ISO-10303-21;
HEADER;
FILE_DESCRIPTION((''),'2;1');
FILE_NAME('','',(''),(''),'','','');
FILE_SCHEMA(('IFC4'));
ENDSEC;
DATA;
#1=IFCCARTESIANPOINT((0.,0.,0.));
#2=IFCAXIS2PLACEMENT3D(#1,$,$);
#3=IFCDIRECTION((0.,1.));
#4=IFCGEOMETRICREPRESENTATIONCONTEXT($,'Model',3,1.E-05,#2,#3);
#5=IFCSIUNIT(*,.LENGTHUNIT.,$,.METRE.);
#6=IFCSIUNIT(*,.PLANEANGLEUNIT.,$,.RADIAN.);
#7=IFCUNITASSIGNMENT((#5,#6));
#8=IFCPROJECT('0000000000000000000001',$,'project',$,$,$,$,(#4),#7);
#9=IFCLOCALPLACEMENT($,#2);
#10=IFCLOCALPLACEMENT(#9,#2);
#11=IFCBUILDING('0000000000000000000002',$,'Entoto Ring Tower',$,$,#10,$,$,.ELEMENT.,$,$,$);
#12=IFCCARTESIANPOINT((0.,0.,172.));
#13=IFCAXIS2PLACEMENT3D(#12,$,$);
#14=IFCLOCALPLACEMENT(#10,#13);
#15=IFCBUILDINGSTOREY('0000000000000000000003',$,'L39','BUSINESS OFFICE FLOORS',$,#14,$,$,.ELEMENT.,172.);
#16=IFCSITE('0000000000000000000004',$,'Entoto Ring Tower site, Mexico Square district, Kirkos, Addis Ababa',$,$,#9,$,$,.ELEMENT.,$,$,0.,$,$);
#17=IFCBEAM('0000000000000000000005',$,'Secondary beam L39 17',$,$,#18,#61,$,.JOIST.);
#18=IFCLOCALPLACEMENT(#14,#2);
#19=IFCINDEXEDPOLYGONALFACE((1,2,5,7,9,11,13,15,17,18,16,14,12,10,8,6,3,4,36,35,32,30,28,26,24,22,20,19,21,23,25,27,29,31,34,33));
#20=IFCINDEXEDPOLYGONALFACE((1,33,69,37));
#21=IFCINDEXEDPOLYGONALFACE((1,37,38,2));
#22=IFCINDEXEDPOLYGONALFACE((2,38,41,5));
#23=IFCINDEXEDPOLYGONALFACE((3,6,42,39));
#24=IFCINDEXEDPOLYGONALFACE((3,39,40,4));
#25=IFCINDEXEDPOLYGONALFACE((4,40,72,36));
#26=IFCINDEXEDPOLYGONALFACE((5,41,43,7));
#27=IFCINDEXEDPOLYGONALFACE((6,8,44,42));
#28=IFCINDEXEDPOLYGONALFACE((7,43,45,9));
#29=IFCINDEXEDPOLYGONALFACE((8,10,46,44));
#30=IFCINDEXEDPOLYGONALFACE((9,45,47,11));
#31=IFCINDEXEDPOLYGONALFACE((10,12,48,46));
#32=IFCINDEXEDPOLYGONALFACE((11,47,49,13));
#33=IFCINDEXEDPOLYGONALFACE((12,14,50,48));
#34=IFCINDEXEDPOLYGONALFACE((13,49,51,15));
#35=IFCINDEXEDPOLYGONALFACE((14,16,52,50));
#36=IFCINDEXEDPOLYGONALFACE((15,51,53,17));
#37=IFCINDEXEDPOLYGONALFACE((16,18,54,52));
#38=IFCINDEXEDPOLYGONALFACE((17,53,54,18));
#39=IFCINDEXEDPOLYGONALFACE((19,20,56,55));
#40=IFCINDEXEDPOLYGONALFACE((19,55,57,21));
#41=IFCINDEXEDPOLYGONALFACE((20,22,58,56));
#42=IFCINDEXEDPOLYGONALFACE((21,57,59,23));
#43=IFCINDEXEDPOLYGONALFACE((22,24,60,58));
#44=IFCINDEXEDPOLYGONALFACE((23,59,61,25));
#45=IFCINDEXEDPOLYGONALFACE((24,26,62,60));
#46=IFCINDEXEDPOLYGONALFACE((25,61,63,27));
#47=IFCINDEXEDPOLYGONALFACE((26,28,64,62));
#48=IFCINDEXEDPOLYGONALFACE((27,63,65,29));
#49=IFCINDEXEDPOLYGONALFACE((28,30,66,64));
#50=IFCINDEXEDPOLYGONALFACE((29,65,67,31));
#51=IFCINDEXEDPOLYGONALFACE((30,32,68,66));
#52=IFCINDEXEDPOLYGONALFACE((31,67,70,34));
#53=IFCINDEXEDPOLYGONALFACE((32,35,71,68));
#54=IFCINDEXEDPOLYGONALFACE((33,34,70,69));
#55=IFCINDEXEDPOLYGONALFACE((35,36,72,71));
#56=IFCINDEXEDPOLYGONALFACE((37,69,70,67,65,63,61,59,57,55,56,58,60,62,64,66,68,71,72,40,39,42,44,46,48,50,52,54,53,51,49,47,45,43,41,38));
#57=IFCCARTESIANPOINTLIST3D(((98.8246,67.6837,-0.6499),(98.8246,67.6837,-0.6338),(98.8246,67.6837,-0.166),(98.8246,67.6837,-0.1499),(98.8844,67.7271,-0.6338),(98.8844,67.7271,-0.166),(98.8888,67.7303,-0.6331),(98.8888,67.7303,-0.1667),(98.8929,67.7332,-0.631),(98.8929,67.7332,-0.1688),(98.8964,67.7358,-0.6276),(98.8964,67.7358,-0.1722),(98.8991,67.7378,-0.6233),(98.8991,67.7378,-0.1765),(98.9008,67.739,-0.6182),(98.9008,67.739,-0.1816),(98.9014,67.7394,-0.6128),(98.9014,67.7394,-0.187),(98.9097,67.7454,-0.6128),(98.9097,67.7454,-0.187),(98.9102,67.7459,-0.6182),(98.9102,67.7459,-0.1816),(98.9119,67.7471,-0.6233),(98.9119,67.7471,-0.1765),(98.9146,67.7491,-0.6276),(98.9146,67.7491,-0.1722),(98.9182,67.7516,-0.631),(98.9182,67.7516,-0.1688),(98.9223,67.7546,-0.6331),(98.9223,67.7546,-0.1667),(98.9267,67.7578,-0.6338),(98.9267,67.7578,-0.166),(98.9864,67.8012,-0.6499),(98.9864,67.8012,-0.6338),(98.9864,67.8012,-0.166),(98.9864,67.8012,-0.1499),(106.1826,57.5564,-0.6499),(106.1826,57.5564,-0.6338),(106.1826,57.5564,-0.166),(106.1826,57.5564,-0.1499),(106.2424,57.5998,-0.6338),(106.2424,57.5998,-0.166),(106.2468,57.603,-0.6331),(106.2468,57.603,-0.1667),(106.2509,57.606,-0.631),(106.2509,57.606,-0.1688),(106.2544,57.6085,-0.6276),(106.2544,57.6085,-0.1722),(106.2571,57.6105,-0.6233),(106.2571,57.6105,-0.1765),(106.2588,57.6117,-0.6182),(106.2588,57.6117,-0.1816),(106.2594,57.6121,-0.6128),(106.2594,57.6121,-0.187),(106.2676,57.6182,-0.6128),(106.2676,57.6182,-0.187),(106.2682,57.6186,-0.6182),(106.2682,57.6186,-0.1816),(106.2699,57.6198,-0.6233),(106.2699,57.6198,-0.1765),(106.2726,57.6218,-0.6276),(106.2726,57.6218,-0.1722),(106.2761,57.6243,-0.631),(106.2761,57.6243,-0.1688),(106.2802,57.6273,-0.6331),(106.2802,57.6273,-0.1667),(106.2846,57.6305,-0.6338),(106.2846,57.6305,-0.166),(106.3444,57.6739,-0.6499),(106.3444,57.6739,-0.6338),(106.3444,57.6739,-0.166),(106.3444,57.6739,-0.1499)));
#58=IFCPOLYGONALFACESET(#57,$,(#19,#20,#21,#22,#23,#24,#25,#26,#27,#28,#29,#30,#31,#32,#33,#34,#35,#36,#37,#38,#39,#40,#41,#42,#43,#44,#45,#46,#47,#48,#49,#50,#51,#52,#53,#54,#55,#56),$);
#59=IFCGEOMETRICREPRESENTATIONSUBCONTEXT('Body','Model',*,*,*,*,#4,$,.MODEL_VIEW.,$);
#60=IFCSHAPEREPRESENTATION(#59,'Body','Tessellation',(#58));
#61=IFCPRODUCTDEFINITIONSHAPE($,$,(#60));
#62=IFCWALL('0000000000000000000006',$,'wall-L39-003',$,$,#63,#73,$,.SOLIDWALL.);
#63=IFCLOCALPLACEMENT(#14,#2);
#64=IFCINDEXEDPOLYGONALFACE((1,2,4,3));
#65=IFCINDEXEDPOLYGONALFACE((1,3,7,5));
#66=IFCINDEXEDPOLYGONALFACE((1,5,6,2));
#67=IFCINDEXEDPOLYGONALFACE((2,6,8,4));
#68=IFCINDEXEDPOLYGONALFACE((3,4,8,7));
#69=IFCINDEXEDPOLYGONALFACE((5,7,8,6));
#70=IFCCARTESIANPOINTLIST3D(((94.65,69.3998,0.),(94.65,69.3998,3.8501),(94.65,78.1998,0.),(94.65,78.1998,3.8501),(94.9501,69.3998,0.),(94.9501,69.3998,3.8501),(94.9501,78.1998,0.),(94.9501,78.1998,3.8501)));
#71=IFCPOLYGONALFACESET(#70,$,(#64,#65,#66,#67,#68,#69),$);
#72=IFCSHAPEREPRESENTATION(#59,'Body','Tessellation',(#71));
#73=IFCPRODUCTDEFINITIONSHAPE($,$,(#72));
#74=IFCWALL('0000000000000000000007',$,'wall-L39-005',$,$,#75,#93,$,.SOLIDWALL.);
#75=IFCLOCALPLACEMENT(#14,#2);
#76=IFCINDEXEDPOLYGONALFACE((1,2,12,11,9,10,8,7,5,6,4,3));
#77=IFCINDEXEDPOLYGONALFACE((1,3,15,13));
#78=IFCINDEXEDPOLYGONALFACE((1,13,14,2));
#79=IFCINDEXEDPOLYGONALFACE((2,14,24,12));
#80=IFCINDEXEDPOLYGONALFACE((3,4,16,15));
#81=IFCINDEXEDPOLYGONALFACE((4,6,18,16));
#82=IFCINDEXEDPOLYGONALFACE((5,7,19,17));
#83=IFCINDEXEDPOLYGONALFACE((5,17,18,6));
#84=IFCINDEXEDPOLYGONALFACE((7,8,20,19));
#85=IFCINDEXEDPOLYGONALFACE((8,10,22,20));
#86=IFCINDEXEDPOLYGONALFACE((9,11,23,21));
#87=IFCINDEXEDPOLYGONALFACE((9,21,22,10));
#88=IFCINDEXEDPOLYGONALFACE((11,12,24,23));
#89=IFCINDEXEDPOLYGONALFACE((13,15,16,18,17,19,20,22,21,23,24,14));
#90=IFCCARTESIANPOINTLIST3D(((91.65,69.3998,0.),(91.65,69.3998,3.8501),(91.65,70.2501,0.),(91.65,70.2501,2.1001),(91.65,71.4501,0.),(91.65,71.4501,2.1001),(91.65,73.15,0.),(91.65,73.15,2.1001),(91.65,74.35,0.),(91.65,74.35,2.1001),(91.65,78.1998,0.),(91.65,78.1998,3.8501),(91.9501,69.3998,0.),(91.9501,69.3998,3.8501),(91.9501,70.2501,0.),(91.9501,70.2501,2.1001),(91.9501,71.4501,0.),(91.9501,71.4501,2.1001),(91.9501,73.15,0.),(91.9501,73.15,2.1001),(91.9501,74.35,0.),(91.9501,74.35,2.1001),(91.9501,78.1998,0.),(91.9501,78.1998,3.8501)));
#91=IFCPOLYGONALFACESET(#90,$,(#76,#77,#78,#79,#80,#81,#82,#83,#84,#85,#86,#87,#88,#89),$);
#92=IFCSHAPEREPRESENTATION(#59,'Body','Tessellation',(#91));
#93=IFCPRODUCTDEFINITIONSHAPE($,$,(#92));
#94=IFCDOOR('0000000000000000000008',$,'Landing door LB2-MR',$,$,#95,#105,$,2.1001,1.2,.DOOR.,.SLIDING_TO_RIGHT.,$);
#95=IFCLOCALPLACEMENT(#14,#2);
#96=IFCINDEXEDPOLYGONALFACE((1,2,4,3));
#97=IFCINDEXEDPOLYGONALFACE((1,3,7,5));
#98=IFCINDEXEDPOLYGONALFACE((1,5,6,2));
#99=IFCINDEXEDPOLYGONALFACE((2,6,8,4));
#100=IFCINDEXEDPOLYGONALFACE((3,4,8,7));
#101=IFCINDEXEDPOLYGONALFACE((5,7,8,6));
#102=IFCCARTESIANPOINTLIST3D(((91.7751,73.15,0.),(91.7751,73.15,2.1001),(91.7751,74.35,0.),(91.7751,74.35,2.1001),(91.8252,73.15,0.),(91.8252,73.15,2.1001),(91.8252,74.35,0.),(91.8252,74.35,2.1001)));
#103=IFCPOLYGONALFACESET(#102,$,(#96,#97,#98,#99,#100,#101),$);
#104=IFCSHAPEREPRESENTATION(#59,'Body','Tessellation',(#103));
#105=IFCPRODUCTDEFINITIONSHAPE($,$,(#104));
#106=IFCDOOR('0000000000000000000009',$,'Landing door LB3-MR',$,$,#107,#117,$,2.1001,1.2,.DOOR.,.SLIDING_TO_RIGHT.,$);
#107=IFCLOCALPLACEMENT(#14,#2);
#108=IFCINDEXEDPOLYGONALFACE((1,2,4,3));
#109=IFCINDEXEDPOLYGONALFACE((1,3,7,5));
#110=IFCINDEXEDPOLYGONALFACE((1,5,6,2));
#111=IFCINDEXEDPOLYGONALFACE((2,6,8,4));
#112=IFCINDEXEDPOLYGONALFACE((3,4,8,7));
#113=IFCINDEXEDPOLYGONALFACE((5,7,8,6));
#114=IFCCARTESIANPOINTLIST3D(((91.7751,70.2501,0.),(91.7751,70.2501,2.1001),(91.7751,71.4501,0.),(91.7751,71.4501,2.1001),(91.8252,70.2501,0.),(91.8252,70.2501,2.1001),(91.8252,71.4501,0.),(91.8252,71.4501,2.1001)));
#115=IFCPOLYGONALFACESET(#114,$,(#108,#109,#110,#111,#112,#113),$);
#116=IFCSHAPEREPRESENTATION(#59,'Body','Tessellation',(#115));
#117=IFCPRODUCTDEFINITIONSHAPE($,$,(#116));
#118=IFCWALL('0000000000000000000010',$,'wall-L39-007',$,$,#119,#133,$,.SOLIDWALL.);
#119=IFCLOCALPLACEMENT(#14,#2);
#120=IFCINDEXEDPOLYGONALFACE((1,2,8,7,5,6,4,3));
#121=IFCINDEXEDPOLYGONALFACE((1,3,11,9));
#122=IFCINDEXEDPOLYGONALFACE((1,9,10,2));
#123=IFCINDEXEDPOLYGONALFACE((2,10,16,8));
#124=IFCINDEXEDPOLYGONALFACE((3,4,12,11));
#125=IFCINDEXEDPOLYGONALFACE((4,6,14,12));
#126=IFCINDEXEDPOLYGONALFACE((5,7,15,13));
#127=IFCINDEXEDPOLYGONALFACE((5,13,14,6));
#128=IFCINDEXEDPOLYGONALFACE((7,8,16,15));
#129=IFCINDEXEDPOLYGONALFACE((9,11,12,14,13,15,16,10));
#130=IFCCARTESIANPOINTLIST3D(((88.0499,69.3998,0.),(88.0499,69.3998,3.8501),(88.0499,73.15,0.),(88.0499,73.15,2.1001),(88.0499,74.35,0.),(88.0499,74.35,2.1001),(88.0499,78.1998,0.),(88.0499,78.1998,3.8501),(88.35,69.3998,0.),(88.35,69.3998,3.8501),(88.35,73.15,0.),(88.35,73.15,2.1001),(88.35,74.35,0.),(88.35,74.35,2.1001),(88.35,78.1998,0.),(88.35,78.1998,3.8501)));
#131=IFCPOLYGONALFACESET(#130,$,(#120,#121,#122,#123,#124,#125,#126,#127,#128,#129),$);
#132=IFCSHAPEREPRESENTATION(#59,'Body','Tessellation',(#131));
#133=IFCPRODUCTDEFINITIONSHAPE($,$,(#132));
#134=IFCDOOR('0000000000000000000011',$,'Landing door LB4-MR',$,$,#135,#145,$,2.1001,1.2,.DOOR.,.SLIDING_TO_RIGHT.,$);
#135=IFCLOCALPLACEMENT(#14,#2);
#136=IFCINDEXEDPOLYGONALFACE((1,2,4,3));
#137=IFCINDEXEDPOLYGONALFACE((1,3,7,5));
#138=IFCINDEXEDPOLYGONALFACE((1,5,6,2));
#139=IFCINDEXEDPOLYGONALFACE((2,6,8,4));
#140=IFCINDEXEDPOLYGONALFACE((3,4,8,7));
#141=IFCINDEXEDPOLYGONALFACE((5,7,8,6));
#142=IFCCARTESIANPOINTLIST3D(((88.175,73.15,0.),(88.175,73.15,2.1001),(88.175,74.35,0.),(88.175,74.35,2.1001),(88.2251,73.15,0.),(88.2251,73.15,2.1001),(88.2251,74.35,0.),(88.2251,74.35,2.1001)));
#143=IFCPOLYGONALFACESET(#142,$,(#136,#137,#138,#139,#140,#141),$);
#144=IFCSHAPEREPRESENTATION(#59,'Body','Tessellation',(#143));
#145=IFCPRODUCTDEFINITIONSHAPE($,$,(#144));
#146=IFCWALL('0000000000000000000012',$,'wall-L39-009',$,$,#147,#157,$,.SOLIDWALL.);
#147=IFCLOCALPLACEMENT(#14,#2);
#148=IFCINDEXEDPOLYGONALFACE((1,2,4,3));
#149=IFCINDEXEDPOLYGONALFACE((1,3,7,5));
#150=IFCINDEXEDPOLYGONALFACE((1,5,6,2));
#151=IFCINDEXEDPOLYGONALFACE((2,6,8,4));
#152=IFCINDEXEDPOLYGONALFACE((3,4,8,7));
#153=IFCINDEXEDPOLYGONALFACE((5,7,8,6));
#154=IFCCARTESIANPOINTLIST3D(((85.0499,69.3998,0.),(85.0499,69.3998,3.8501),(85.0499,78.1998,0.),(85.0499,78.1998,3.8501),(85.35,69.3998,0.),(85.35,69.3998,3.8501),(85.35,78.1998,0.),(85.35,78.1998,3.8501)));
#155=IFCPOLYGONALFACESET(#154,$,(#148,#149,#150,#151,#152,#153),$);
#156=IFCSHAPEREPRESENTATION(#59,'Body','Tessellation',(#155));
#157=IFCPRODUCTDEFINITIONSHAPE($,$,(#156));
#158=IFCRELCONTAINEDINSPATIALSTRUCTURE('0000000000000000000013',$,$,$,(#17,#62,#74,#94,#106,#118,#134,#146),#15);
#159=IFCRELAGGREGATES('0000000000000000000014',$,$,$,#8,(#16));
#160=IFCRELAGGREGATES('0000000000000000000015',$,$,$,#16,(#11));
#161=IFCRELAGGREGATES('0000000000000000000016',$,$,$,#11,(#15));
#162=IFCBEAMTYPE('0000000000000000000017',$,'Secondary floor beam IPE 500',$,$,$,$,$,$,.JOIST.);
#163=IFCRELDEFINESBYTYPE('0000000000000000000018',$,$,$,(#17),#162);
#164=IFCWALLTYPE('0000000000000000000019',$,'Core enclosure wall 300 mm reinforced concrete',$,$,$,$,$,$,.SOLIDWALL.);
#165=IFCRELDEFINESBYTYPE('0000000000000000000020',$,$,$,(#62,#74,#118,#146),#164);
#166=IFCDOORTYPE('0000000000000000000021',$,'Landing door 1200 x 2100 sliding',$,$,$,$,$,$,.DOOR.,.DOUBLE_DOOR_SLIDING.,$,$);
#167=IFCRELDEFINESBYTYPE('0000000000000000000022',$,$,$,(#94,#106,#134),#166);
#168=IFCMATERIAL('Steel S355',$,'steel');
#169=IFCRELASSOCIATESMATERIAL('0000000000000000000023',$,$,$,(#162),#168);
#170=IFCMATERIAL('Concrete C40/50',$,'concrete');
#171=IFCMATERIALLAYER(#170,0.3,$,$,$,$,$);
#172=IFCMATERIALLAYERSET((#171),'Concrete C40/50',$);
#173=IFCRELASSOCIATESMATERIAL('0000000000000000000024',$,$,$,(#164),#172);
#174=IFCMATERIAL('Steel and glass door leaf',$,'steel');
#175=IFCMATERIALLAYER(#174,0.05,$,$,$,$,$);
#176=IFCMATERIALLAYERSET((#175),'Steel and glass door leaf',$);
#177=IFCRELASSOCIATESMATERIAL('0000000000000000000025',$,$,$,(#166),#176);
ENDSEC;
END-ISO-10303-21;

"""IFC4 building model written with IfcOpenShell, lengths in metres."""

from ifc_helpers import new_model, si_unit, direction, frame, frame_2d, origin, origin_2d, place, context, subcontext, project, spatial, rectangle, i_section, extrude, material, layer, layer_set, material_profile, profile_set, type_object, element, fill, save


model = new_model("IFC4")

# Units and contexts
model_context = context("Model", 3, precision=1e-05, world=origin(), true_north=direction((0.0, 1.0)))
body_context = subcontext(model_context, "Body", "Model", "MODEL_VIEW")
ifc_project = project(units=[si_unit("LENGTHUNIT", "METRE"), si_unit("PLANEANGLEUNIT", "RADIAN")], contexts=[model_context])

# Site, building, storey
site_placement = place(None, origin())
site = spatial("IfcSite", under=ifc_project, at=site_placement, Name="Entoto Ring Tower site, Mexico Square district, Kirkos, Addis Ababa", CompositionType="ELEMENT", RefElevation=0.0)
building_placement = place(site_placement, origin())
building = spatial("IfcBuilding", under=site, at=building_placement, Name="Entoto Ring Tower", CompositionType="ELEMENT")
storey_placement = place(building_placement, frame((0.0, 0.0, 172.0)))
storey = spatial("IfcBuildingStorey", under=building, at=storey_placement, Name="L39", Description="BUSINESS OFFICE FLOORS", CompositionType="ELEMENT", Elevation=172.0)

# Beam
ifc_material_1 = material(Name="Steel S355", Category="steel")
ifc_material_profile_1 = material_profile(ifc_material_1, i_section(OverallWidth=0.2, OverallDepth=0.5, WebThickness=0.0103, FlangeThickness=0.0161, FilletRadius=0.021, at=origin_2d()), Name="IPE 500")
ifc_profile_set_1 = profile_set([ifc_material_profile_1], Name="Steel S355")
beam_type_1 = type_object("IfcBeamType", Name="Secondary floor beam IPE 500", PredefinedType="JOIST", material=ifc_profile_set_1)
beam_1_placement = place(storey_placement, frame((98.9055, 67.7424, -0.3999), z_axis=(0.587789, -0.809014, 0.0), x_axis=(0.809014, 0.587789, 0.0)))
element("IfcBeam", 1, at=beam_1_placement, inside=storey, type_object=beam_type_1, Name="Secondary beam L39 17", PredefinedType="JOIST", context=body_context, shape_type="SweptSolid", body=[
    extrude(i_section(OverallWidth=0.2, OverallDepth=0.5, WebThickness=0.0103, FlangeThickness=0.0161, FilletRadius=0.021, at=origin_2d()), origin(), (0.0, 0.0, 1.0), 12.5181),
])

# Wall
ifc_material_2 = material(Name="Concrete C40/50", Category="concrete")
ifc_layer_1 = layer(ifc_material_2, 0.3)
ifc_layer_set_1 = layer_set([ifc_layer_1], Name="Concrete C40/50")
wall_type_1 = type_object("IfcWallType", Name="Core enclosure wall 300 mm reinforced concrete", PredefinedType="SOLIDWALL", material=ifc_layer_set_1)
wall_1_placement = place(storey_placement, frame((94.8, 69.3999, 0.0), z_axis=(0.0, 0.0, 1.0), x_axis=(0.0, 1.0, 0.0)))
element("IfcWall", 2, at=wall_1_placement, inside=storey, type_object=wall_type_1, Name="wall-L39-003", PredefinedType="SOLIDWALL", context=body_context, shape_type="SweptSolid", body=[
    extrude(rectangle(XDim=8.8, YDim=0.3, at=frame_2d((4.3999, 0.0))), origin(), (0.0, 0.0, 1.0), 3.8501),
])

# Wall, openings, doors
wall_2_placement = place(storey_placement, frame((91.8, 69.3999, 0.0), z_axis=(0.0, 0.0, 1.0), x_axis=(0.0, 1.0, 0.0)))
wall_2 = element("IfcWall", 3, at=wall_2_placement, inside=storey, type_object=wall_type_1, Name="wall-L39-005", PredefinedType="SOLIDWALL", context=body_context, shape_type="SweptSolid", body=[
    extrude(rectangle(XDim=8.8, YDim=0.3, at=frame_2d((4.3999, 0.0))), origin(), (0.0, 0.0, 1.0), 3.8501),
])
opening_1_placement = place(wall_2_placement, frame((3.75, 0.0, 0.0)))
opening_1 = element("IfcOpeningElement", 4, at=opening_1_placement, cuts=wall_2, PredefinedType="OPENING", context=body_context, shape_type="SweptSolid", body=[
    extrude(rectangle(XDim=1.2, YDim=2.1001, at=frame_2d((0.6001, 1.05))), frame((0.0, 0.1602, 0.0), z_axis=(0.0, -1.0, 0.0), x_axis=(1.0, 0.0, 0.0)), (0.0, 0.0, 1.0), 0.3201),
])
opening_2_placement = place(wall_2_placement, frame((0.8501, 0.0, 0.0)))
opening_2 = element("IfcOpeningElement", 5, at=opening_2_placement, cuts=wall_2, PredefinedType="OPENING", context=body_context, shape_type="SweptSolid", body=[
    extrude(rectangle(XDim=1.2, YDim=2.1001, at=frame_2d((0.6001, 1.05))), frame((0.0, 0.1602, 0.0), z_axis=(0.0, -1.0, 0.0), x_axis=(1.0, 0.0, 0.0)), (0.0, 0.0, 1.0), 0.3201),
])
ifc_material_3 = material(Name="Steel and glass door leaf", Category="steel")
ifc_layer_2 = layer(ifc_material_3, 0.05)
ifc_layer_set_2 = layer_set([ifc_layer_2], Name="Steel and glass door leaf")
door_type_1 = type_object("IfcDoorType", Name="Landing door 1200 x 2100 sliding", OperationType="DOUBLE_DOOR_SLIDING", PredefinedType="DOOR", material=ifc_layer_set_2)
door_1_placement = place(opening_1_placement, origin())
door_1 = element("IfcDoor", 6, at=door_1_placement, inside=storey, type_object=door_type_1, Name="Landing door LB2-MR", OperationType="SLIDING_TO_RIGHT", OverallHeight=2.1001, OverallWidth=1.2, PredefinedType="DOOR", context=body_context, shape_type="SweptSolid", body=[
    extrude(rectangle(XDim=1.2, YDim=2.1001, at=frame_2d((0.6001, 1.05))), frame((0.0, 0.0249, 0.0), z_axis=(0.0, -1.0, 0.0), x_axis=(1.0, 0.0, 0.0)), (0.0, 0.0, 1.0), 0.05),
])
fill(opening_1, door_1)
door_2_placement = place(opening_2_placement, origin())
door_2 = element("IfcDoor", 7, at=door_2_placement, inside=storey, type_object=door_type_1, Name="Landing door LB3-MR", OperationType="SLIDING_TO_RIGHT", OverallHeight=2.1001, OverallWidth=1.2, PredefinedType="DOOR", context=body_context, shape_type="SweptSolid", body=[
    extrude(rectangle(XDim=1.2, YDim=2.1001, at=frame_2d((0.6001, 1.05))), frame((0.0, 0.0249, 0.0), z_axis=(0.0, -1.0, 0.0), x_axis=(1.0, 0.0, 0.0)), (0.0, 0.0, 1.0), 0.05),
])
fill(opening_2, door_2)

# Wall, opening, door
wall_3_placement = place(storey_placement, frame((88.2, 69.3999, 0.0), z_axis=(0.0, 0.0, 1.0), x_axis=(0.0, 1.0, 0.0)))
wall_3 = element("IfcWall", 8, at=wall_3_placement, inside=storey, type_object=wall_type_1, Name="wall-L39-007", PredefinedType="SOLIDWALL", context=body_context, shape_type="SweptSolid", body=[
    extrude(rectangle(XDim=8.8, YDim=0.3, at=frame_2d((4.3999, 0.0))), origin(), (0.0, 0.0, 1.0), 3.8501),
])
opening_3_placement = place(wall_3_placement, frame((3.75, 0.0, 0.0)))
opening_3 = element("IfcOpeningElement", 9, at=opening_3_placement, cuts=wall_3, PredefinedType="OPENING", context=body_context, shape_type="SweptSolid", body=[
    extrude(rectangle(XDim=1.2, YDim=2.1001, at=frame_2d((0.6001, 1.05))), frame((0.0, 0.1602, 0.0), z_axis=(0.0, -1.0, 0.0), x_axis=(1.0, 0.0, 0.0)), (0.0, 0.0, 1.0), 0.3201),
])
door_3_placement = place(opening_3_placement, origin())
door_3 = element("IfcDoor", 10, at=door_3_placement, inside=storey, type_object=door_type_1, Name="Landing door LB4-MR", OperationType="SLIDING_TO_RIGHT", OverallHeight=2.1001, OverallWidth=1.2, PredefinedType="DOOR", context=body_context, shape_type="SweptSolid", body=[
    extrude(rectangle(XDim=1.2, YDim=2.1001, at=frame_2d((0.6001, 1.05))), frame((0.0, 0.0249, 0.0), z_axis=(0.0, -1.0, 0.0), x_axis=(1.0, 0.0, 0.0)), (0.0, 0.0, 1.0), 0.05),
])
fill(opening_3, door_3)

# Wall
wall_4_placement = place(storey_placement, frame((85.2, 69.3999, 0.0), z_axis=(0.0, 0.0, 1.0), x_axis=(0.0, 1.0, 0.0)))
element("IfcWall", 11, at=wall_4_placement, inside=storey, type_object=wall_type_1, Name="wall-L39-009", PredefinedType="SOLIDWALL", context=body_context, shape_type="SweptSolid", body=[
    extrude(rectangle(XDim=8.8, YDim=0.3, at=frame_2d((4.3999, 0.0))), origin(), (0.0, 0.0, 1.0), 3.8501),
])

save(model, "model.ifc")
